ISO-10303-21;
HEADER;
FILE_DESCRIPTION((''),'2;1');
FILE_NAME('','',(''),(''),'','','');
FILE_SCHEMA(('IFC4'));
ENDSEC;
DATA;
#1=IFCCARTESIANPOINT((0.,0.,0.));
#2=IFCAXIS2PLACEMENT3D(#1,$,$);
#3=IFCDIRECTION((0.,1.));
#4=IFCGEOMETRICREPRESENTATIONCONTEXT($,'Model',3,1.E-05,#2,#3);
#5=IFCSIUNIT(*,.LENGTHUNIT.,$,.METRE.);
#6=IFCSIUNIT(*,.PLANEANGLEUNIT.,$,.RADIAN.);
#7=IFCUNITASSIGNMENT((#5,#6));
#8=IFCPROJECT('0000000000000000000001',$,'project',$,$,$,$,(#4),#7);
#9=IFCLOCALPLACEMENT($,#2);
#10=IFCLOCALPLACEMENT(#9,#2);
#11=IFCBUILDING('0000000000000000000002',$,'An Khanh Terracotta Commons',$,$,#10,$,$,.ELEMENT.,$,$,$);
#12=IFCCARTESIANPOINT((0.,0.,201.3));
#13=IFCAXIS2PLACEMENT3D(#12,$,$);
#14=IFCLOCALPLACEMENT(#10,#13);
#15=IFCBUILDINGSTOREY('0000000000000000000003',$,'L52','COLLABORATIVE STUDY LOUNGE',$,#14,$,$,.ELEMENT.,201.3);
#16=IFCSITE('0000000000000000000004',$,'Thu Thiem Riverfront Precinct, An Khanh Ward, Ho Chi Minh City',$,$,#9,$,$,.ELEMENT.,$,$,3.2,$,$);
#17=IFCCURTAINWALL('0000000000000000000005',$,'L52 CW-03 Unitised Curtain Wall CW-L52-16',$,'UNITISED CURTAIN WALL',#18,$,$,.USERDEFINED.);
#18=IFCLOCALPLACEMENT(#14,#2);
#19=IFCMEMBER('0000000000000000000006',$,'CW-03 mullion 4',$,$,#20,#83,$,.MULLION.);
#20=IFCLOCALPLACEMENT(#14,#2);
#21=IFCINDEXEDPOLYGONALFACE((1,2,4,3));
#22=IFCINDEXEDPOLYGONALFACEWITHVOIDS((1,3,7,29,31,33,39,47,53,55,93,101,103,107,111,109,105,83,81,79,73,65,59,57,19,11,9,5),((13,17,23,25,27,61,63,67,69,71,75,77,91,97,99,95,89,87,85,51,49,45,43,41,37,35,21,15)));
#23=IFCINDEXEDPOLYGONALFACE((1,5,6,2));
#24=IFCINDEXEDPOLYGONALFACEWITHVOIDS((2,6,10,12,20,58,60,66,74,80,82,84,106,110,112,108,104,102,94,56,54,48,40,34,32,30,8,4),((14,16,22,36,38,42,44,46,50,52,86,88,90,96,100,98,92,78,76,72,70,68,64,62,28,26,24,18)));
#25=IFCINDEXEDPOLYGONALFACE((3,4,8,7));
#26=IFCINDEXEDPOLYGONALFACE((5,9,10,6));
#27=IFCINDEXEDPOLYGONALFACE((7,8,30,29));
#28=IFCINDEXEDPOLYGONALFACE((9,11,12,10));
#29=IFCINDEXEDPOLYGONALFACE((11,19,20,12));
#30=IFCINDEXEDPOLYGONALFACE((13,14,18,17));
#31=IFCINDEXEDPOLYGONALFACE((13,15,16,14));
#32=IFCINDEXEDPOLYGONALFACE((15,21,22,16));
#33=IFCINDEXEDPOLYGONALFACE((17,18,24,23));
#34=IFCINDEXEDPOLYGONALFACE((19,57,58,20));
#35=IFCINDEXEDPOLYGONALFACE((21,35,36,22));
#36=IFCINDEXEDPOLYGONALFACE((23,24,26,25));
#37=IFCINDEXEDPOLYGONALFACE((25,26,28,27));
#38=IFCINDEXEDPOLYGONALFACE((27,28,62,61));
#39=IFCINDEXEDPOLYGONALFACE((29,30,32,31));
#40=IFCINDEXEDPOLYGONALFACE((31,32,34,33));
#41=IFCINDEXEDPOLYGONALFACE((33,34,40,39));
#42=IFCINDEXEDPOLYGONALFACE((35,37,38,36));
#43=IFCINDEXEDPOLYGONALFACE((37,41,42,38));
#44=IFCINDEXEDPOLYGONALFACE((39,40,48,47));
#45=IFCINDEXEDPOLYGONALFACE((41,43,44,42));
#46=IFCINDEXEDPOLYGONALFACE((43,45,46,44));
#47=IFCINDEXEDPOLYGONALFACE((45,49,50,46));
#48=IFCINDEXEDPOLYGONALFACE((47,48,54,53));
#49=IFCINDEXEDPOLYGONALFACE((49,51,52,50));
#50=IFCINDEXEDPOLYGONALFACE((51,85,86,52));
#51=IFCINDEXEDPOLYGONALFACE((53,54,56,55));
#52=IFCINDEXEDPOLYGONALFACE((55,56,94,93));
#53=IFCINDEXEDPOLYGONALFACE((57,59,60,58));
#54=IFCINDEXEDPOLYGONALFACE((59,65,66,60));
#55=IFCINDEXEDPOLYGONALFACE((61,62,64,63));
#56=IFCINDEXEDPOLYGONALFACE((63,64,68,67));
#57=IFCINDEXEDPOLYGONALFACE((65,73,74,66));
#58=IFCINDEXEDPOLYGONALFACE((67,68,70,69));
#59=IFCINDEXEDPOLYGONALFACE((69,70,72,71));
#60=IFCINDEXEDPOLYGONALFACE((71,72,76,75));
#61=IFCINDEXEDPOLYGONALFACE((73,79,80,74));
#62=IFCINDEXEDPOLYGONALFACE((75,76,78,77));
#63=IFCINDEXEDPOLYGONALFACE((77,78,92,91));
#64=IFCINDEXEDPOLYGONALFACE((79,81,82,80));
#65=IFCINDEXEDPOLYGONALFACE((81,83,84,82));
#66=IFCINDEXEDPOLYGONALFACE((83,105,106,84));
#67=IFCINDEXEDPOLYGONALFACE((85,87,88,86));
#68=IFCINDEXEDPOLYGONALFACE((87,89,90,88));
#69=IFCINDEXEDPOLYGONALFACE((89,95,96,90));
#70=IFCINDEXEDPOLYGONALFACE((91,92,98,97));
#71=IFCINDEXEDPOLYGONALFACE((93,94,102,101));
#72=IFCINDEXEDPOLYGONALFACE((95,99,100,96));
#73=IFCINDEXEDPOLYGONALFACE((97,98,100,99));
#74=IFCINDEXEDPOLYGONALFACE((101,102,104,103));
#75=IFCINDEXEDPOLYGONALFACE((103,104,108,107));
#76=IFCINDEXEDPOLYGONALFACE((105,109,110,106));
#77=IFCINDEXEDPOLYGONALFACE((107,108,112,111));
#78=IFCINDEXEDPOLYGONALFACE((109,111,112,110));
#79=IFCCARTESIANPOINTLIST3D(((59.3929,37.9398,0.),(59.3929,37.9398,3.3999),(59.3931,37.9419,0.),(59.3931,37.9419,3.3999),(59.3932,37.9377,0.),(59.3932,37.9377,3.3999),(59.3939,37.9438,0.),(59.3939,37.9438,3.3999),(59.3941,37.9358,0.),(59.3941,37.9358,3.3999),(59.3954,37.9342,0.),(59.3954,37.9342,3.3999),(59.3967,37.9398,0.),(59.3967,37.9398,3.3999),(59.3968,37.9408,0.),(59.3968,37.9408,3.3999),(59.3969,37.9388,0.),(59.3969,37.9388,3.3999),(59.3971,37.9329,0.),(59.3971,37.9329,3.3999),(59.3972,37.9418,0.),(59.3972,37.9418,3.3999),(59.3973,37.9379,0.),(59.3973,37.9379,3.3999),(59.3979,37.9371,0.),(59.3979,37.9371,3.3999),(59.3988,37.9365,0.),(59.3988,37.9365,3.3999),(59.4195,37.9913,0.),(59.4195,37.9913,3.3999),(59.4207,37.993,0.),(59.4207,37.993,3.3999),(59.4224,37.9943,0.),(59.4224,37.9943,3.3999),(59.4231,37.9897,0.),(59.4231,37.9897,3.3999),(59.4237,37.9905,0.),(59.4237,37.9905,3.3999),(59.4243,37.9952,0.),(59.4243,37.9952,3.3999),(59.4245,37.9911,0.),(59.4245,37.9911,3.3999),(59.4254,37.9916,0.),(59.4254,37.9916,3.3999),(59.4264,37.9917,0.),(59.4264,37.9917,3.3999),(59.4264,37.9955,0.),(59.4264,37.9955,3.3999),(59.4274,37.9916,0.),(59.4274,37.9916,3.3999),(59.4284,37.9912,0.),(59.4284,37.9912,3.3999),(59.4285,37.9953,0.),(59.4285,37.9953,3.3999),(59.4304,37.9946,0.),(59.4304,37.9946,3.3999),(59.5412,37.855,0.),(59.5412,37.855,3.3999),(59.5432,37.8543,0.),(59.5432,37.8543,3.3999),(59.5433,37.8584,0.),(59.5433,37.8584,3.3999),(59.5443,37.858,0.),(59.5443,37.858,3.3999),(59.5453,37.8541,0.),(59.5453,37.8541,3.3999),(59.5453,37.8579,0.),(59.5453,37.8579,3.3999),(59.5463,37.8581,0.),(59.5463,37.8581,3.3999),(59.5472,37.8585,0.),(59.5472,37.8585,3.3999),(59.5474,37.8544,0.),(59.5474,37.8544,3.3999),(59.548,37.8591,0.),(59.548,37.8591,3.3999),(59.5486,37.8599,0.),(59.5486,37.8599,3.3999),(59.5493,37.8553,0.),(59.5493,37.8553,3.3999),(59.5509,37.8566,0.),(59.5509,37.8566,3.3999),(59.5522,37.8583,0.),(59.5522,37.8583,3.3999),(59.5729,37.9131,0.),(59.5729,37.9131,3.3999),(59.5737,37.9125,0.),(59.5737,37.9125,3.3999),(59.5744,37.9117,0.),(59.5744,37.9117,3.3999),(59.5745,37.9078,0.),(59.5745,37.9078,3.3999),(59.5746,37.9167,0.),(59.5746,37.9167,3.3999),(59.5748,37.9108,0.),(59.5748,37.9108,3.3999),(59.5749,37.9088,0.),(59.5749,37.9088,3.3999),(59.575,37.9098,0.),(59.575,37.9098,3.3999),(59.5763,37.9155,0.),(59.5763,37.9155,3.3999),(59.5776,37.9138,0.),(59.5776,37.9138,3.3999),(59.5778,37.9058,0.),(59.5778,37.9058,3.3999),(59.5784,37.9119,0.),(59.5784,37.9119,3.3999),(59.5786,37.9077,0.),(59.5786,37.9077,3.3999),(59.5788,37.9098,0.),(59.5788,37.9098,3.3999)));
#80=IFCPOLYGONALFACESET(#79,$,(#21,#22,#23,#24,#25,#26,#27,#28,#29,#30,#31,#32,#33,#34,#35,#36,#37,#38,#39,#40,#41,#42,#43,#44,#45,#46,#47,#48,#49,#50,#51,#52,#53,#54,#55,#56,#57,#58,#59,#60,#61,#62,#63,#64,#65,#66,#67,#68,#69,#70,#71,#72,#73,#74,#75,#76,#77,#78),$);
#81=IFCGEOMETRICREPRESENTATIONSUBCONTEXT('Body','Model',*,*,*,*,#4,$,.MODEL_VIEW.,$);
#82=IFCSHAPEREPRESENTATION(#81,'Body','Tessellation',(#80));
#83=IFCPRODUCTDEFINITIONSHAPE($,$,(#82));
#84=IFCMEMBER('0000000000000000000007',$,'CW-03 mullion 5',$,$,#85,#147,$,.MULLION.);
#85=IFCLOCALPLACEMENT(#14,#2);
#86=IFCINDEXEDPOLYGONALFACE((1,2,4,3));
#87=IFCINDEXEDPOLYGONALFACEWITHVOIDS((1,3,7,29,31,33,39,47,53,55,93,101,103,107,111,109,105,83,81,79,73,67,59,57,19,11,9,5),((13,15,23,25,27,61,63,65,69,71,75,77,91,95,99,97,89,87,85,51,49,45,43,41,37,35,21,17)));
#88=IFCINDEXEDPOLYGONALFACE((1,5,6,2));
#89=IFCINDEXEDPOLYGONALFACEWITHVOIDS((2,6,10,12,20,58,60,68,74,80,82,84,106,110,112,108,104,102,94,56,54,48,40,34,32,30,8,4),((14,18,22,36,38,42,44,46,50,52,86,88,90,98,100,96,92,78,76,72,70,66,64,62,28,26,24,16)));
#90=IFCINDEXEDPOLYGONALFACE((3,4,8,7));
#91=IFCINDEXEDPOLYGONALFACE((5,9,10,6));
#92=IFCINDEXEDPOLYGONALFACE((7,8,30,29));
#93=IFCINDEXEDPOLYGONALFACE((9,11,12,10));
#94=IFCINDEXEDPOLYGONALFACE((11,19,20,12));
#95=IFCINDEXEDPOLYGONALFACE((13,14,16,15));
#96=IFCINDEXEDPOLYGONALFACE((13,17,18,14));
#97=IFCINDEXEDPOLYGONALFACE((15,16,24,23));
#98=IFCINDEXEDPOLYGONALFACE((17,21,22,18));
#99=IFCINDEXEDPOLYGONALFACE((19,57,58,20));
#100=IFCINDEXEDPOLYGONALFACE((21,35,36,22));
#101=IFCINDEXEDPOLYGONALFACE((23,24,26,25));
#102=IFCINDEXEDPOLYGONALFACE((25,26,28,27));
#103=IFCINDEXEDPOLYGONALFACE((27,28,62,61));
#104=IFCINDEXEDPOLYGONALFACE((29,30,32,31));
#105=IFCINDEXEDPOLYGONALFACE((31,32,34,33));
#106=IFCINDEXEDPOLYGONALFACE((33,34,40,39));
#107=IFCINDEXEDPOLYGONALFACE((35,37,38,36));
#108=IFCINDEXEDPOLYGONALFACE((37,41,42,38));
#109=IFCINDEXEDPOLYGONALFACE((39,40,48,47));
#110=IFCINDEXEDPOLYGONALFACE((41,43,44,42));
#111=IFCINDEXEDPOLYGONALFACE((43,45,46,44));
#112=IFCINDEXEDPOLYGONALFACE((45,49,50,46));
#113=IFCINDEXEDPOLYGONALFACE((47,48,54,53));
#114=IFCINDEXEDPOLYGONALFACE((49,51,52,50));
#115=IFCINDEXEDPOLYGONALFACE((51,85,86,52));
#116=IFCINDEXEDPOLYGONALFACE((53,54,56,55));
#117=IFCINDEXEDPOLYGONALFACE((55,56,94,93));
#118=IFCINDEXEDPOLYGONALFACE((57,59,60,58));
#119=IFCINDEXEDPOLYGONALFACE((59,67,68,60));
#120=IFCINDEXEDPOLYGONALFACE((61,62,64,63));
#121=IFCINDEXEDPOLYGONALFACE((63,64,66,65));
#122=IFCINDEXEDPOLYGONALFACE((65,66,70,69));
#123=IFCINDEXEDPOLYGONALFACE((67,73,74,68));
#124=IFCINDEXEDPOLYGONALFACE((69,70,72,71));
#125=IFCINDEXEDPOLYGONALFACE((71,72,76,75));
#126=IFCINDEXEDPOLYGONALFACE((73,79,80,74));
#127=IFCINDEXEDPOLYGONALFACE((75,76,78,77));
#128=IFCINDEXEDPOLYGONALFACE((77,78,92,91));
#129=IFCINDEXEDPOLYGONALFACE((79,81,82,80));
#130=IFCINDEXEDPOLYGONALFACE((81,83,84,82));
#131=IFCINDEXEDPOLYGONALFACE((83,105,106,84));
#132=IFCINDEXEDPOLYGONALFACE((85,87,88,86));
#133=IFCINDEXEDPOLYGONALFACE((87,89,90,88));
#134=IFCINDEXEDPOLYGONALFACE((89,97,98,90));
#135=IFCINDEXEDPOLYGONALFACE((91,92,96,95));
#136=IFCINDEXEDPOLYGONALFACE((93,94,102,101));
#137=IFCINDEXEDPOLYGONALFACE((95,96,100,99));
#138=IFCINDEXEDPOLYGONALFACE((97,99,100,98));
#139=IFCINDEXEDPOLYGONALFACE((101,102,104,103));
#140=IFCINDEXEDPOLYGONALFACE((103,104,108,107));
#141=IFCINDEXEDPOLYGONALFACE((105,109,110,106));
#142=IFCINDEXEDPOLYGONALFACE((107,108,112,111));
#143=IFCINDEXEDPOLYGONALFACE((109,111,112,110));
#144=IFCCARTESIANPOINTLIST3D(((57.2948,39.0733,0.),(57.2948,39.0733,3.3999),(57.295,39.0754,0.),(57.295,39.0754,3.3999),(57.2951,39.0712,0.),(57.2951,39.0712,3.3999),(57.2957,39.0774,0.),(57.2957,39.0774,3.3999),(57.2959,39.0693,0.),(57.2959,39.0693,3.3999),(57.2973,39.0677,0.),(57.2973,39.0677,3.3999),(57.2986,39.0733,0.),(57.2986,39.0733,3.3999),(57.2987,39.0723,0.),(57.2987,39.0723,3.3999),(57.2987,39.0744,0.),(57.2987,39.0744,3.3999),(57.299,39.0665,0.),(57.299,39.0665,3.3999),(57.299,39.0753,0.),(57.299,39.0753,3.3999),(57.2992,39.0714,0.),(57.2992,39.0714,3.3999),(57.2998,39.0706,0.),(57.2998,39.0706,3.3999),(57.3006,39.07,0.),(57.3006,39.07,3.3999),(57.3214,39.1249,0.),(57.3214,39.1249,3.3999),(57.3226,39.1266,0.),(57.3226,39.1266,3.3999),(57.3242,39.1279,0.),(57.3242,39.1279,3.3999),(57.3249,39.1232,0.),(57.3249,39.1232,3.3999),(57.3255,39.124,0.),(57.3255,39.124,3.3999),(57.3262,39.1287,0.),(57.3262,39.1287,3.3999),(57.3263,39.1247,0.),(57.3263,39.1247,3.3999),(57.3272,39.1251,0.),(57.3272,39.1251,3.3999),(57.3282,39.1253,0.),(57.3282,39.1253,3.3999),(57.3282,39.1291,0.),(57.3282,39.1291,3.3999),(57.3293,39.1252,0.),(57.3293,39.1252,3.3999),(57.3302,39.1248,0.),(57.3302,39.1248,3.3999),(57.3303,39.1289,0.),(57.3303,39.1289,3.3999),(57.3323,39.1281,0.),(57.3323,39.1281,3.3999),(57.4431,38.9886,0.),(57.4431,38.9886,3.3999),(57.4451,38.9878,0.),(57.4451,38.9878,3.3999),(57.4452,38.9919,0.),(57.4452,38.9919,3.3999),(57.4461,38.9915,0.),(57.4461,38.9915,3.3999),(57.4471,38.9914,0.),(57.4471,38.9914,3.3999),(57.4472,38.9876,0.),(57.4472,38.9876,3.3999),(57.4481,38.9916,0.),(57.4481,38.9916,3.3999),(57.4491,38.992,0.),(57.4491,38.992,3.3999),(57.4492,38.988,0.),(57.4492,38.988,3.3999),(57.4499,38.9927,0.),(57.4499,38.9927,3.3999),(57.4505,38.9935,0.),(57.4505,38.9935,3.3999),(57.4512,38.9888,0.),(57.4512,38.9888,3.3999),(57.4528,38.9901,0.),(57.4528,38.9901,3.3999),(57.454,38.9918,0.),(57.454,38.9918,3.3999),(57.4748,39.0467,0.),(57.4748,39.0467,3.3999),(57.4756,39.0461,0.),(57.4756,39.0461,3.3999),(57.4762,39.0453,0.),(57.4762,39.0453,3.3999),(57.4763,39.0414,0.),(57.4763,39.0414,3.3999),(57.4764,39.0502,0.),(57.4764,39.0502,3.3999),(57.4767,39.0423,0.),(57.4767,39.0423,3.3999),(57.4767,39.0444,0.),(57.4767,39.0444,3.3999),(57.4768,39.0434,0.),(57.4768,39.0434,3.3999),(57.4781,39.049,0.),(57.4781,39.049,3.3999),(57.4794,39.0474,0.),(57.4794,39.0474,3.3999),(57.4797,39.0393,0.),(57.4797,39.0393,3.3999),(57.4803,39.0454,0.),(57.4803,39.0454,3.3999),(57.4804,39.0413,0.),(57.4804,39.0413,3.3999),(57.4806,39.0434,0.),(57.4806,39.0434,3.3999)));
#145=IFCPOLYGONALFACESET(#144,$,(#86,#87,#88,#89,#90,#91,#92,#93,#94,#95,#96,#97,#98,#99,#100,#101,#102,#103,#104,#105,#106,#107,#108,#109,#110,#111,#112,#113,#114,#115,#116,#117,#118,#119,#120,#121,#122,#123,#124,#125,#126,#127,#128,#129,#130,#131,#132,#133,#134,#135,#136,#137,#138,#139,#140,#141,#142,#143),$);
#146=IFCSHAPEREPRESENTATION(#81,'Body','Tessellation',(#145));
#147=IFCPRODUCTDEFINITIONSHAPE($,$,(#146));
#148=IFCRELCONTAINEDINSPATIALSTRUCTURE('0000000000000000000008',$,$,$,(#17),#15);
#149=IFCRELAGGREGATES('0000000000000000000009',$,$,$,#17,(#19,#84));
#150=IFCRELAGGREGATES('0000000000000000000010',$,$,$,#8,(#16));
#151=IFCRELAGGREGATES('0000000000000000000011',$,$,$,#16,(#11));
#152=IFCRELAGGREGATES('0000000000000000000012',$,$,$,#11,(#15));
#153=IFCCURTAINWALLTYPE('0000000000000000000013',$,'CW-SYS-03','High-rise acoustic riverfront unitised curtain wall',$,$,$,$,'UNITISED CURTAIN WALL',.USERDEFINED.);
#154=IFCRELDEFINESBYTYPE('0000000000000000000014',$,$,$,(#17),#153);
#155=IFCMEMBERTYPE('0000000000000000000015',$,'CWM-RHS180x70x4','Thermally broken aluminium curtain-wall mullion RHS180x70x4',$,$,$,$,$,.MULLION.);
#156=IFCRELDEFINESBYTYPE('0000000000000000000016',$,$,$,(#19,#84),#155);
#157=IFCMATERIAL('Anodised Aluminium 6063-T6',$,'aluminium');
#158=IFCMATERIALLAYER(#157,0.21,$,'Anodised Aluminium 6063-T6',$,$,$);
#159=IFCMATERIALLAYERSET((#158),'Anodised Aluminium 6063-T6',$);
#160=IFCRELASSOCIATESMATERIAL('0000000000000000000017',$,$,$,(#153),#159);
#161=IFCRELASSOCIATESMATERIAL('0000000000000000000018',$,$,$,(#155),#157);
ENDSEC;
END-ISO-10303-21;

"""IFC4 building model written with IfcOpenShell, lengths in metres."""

from ifc_helpers import new_model, si_unit, direction, frame, origin, origin_2d, place, context, subcontext, project, spatial, hollow_rectangle, extrude, material, layer, layer_set, material_profile, profile_set, type_object, element, aggregate, save


model = new_model("IFC4")

# Units and contexts
model_context = context("Model", 3, precision=1e-05, world=origin(), true_north=direction((0.0, 1.0)))
body_context = subcontext(model_context, "Body", "Model", "MODEL_VIEW")
ifc_project = project(units=[si_unit("LENGTHUNIT", "METRE"), si_unit("PLANEANGLEUNIT", "RADIAN")], contexts=[model_context])

# Site, building, storey
site_placement = place(None, origin())
site = spatial("IfcSite", under=ifc_project, at=site_placement, Name="Thu Thiem Riverfront Precinct, An Khanh Ward, Ho Chi Minh City", CompositionType="ELEMENT", RefElevation=3.2)
building_placement = place(site_placement, origin())
building = spatial("IfcBuilding", under=site, at=building_placement, Name="An Khanh Terracotta Commons", CompositionType="ELEMENT")
storey_placement = place(building_placement, frame((0.0, 0.0, 201.3)))
storey = spatial("IfcBuildingStorey", under=building, at=storey_placement, Name="L52", Description="COLLABORATIVE STUDY LOUNGE", CompositionType="ELEMENT", Elevation=201.3)

# Curtain wall, members
ifc_material_1 = material(Name="Anodised Aluminium 6063-T6", Category="aluminium")
ifc_layer_1 = layer(ifc_material_1, 0.21, Name="Anodised Aluminium 6063-T6")
ifc_layer_set_1 = layer_set([ifc_layer_1], Name="Anodised Aluminium 6063-T6")
curtain_wall_type = type_object("IfcCurtainWallType", Name="CW-SYS-03", Description="High-rise acoustic riverfront unitised curtain wall", ElementType="UNITISED CURTAIN WALL", PredefinedType="USERDEFINED", material=ifc_layer_set_1)
curtain_wall_placement = place(storey_placement, origin())
curtain_wall = element("IfcCurtainWall", 1, at=curtain_wall_placement, inside=storey, type_object=curtain_wall_type, Name="L52 CW-03 Unitised Curtain Wall CW-L52-16", ObjectType="UNITISED CURTAIN WALL", PredefinedType="USERDEFINED")
ifc_material_profile_1 = material_profile(ifc_material_1, hollow_rectangle(XDim=0.0701, YDim=0.1799, WallThickness=0.0039, InnerFilletRadius=0.0039, OuterFilletRadius=0.0081, at=origin_2d()), Name="RHS180x70x4")
ifc_profile_set_1 = profile_set([ifc_material_profile_1], Name="Anodised Aluminium 6063-T6")
member_type_1 = type_object("IfcMemberType", Name="CWM-RHS180x70x4", Description="Thermally broken aluminium curtain-wall mullion RHS180x70x4", PredefinedType="MULLION", material=ifc_profile_set_1)
member_1_placement = place(storey_placement, frame((59.4858, 37.9248, 0.0), z_axis=(0.0, 0.0, 1.0), x_axis=(-0.475381, -0.87978, 0.0)))
member_1 = element("IfcMember", 2, at=member_1_placement, type_object=member_type_1, Name="CW-03 mullion 4", PredefinedType="MULLION", context=body_context, shape_type="SweptSolid", body=[
    extrude(hollow_rectangle(XDim=0.0701, YDim=0.1799, WallThickness=0.0039, InnerFilletRadius=0.0039, OuterFilletRadius=0.0081, at=origin_2d()), origin(), (0.0, 0.0, 1.0), 3.3999),
])
member_2_placement = place(storey_placement, frame((57.3877, 39.0583, 0.0), z_axis=(0.0, 0.0, 1.0), x_axis=(-0.475381, -0.87978, 0.0)))
member_2 = element("IfcMember", 3, at=member_2_placement, type_object=member_type_1, Name="CW-03 mullion 5", PredefinedType="MULLION", context=body_context, shape_type="SweptSolid", body=[
    extrude(hollow_rectangle(XDim=0.0701, YDim=0.1799, WallThickness=0.0039, InnerFilletRadius=0.0039, OuterFilletRadius=0.0081, at=origin_2d()), origin(), (0.0, 0.0, 1.0), 3.3999),
])
aggregate(curtain_wall, [member_1, member_2])

save(model, "model.ifc")
